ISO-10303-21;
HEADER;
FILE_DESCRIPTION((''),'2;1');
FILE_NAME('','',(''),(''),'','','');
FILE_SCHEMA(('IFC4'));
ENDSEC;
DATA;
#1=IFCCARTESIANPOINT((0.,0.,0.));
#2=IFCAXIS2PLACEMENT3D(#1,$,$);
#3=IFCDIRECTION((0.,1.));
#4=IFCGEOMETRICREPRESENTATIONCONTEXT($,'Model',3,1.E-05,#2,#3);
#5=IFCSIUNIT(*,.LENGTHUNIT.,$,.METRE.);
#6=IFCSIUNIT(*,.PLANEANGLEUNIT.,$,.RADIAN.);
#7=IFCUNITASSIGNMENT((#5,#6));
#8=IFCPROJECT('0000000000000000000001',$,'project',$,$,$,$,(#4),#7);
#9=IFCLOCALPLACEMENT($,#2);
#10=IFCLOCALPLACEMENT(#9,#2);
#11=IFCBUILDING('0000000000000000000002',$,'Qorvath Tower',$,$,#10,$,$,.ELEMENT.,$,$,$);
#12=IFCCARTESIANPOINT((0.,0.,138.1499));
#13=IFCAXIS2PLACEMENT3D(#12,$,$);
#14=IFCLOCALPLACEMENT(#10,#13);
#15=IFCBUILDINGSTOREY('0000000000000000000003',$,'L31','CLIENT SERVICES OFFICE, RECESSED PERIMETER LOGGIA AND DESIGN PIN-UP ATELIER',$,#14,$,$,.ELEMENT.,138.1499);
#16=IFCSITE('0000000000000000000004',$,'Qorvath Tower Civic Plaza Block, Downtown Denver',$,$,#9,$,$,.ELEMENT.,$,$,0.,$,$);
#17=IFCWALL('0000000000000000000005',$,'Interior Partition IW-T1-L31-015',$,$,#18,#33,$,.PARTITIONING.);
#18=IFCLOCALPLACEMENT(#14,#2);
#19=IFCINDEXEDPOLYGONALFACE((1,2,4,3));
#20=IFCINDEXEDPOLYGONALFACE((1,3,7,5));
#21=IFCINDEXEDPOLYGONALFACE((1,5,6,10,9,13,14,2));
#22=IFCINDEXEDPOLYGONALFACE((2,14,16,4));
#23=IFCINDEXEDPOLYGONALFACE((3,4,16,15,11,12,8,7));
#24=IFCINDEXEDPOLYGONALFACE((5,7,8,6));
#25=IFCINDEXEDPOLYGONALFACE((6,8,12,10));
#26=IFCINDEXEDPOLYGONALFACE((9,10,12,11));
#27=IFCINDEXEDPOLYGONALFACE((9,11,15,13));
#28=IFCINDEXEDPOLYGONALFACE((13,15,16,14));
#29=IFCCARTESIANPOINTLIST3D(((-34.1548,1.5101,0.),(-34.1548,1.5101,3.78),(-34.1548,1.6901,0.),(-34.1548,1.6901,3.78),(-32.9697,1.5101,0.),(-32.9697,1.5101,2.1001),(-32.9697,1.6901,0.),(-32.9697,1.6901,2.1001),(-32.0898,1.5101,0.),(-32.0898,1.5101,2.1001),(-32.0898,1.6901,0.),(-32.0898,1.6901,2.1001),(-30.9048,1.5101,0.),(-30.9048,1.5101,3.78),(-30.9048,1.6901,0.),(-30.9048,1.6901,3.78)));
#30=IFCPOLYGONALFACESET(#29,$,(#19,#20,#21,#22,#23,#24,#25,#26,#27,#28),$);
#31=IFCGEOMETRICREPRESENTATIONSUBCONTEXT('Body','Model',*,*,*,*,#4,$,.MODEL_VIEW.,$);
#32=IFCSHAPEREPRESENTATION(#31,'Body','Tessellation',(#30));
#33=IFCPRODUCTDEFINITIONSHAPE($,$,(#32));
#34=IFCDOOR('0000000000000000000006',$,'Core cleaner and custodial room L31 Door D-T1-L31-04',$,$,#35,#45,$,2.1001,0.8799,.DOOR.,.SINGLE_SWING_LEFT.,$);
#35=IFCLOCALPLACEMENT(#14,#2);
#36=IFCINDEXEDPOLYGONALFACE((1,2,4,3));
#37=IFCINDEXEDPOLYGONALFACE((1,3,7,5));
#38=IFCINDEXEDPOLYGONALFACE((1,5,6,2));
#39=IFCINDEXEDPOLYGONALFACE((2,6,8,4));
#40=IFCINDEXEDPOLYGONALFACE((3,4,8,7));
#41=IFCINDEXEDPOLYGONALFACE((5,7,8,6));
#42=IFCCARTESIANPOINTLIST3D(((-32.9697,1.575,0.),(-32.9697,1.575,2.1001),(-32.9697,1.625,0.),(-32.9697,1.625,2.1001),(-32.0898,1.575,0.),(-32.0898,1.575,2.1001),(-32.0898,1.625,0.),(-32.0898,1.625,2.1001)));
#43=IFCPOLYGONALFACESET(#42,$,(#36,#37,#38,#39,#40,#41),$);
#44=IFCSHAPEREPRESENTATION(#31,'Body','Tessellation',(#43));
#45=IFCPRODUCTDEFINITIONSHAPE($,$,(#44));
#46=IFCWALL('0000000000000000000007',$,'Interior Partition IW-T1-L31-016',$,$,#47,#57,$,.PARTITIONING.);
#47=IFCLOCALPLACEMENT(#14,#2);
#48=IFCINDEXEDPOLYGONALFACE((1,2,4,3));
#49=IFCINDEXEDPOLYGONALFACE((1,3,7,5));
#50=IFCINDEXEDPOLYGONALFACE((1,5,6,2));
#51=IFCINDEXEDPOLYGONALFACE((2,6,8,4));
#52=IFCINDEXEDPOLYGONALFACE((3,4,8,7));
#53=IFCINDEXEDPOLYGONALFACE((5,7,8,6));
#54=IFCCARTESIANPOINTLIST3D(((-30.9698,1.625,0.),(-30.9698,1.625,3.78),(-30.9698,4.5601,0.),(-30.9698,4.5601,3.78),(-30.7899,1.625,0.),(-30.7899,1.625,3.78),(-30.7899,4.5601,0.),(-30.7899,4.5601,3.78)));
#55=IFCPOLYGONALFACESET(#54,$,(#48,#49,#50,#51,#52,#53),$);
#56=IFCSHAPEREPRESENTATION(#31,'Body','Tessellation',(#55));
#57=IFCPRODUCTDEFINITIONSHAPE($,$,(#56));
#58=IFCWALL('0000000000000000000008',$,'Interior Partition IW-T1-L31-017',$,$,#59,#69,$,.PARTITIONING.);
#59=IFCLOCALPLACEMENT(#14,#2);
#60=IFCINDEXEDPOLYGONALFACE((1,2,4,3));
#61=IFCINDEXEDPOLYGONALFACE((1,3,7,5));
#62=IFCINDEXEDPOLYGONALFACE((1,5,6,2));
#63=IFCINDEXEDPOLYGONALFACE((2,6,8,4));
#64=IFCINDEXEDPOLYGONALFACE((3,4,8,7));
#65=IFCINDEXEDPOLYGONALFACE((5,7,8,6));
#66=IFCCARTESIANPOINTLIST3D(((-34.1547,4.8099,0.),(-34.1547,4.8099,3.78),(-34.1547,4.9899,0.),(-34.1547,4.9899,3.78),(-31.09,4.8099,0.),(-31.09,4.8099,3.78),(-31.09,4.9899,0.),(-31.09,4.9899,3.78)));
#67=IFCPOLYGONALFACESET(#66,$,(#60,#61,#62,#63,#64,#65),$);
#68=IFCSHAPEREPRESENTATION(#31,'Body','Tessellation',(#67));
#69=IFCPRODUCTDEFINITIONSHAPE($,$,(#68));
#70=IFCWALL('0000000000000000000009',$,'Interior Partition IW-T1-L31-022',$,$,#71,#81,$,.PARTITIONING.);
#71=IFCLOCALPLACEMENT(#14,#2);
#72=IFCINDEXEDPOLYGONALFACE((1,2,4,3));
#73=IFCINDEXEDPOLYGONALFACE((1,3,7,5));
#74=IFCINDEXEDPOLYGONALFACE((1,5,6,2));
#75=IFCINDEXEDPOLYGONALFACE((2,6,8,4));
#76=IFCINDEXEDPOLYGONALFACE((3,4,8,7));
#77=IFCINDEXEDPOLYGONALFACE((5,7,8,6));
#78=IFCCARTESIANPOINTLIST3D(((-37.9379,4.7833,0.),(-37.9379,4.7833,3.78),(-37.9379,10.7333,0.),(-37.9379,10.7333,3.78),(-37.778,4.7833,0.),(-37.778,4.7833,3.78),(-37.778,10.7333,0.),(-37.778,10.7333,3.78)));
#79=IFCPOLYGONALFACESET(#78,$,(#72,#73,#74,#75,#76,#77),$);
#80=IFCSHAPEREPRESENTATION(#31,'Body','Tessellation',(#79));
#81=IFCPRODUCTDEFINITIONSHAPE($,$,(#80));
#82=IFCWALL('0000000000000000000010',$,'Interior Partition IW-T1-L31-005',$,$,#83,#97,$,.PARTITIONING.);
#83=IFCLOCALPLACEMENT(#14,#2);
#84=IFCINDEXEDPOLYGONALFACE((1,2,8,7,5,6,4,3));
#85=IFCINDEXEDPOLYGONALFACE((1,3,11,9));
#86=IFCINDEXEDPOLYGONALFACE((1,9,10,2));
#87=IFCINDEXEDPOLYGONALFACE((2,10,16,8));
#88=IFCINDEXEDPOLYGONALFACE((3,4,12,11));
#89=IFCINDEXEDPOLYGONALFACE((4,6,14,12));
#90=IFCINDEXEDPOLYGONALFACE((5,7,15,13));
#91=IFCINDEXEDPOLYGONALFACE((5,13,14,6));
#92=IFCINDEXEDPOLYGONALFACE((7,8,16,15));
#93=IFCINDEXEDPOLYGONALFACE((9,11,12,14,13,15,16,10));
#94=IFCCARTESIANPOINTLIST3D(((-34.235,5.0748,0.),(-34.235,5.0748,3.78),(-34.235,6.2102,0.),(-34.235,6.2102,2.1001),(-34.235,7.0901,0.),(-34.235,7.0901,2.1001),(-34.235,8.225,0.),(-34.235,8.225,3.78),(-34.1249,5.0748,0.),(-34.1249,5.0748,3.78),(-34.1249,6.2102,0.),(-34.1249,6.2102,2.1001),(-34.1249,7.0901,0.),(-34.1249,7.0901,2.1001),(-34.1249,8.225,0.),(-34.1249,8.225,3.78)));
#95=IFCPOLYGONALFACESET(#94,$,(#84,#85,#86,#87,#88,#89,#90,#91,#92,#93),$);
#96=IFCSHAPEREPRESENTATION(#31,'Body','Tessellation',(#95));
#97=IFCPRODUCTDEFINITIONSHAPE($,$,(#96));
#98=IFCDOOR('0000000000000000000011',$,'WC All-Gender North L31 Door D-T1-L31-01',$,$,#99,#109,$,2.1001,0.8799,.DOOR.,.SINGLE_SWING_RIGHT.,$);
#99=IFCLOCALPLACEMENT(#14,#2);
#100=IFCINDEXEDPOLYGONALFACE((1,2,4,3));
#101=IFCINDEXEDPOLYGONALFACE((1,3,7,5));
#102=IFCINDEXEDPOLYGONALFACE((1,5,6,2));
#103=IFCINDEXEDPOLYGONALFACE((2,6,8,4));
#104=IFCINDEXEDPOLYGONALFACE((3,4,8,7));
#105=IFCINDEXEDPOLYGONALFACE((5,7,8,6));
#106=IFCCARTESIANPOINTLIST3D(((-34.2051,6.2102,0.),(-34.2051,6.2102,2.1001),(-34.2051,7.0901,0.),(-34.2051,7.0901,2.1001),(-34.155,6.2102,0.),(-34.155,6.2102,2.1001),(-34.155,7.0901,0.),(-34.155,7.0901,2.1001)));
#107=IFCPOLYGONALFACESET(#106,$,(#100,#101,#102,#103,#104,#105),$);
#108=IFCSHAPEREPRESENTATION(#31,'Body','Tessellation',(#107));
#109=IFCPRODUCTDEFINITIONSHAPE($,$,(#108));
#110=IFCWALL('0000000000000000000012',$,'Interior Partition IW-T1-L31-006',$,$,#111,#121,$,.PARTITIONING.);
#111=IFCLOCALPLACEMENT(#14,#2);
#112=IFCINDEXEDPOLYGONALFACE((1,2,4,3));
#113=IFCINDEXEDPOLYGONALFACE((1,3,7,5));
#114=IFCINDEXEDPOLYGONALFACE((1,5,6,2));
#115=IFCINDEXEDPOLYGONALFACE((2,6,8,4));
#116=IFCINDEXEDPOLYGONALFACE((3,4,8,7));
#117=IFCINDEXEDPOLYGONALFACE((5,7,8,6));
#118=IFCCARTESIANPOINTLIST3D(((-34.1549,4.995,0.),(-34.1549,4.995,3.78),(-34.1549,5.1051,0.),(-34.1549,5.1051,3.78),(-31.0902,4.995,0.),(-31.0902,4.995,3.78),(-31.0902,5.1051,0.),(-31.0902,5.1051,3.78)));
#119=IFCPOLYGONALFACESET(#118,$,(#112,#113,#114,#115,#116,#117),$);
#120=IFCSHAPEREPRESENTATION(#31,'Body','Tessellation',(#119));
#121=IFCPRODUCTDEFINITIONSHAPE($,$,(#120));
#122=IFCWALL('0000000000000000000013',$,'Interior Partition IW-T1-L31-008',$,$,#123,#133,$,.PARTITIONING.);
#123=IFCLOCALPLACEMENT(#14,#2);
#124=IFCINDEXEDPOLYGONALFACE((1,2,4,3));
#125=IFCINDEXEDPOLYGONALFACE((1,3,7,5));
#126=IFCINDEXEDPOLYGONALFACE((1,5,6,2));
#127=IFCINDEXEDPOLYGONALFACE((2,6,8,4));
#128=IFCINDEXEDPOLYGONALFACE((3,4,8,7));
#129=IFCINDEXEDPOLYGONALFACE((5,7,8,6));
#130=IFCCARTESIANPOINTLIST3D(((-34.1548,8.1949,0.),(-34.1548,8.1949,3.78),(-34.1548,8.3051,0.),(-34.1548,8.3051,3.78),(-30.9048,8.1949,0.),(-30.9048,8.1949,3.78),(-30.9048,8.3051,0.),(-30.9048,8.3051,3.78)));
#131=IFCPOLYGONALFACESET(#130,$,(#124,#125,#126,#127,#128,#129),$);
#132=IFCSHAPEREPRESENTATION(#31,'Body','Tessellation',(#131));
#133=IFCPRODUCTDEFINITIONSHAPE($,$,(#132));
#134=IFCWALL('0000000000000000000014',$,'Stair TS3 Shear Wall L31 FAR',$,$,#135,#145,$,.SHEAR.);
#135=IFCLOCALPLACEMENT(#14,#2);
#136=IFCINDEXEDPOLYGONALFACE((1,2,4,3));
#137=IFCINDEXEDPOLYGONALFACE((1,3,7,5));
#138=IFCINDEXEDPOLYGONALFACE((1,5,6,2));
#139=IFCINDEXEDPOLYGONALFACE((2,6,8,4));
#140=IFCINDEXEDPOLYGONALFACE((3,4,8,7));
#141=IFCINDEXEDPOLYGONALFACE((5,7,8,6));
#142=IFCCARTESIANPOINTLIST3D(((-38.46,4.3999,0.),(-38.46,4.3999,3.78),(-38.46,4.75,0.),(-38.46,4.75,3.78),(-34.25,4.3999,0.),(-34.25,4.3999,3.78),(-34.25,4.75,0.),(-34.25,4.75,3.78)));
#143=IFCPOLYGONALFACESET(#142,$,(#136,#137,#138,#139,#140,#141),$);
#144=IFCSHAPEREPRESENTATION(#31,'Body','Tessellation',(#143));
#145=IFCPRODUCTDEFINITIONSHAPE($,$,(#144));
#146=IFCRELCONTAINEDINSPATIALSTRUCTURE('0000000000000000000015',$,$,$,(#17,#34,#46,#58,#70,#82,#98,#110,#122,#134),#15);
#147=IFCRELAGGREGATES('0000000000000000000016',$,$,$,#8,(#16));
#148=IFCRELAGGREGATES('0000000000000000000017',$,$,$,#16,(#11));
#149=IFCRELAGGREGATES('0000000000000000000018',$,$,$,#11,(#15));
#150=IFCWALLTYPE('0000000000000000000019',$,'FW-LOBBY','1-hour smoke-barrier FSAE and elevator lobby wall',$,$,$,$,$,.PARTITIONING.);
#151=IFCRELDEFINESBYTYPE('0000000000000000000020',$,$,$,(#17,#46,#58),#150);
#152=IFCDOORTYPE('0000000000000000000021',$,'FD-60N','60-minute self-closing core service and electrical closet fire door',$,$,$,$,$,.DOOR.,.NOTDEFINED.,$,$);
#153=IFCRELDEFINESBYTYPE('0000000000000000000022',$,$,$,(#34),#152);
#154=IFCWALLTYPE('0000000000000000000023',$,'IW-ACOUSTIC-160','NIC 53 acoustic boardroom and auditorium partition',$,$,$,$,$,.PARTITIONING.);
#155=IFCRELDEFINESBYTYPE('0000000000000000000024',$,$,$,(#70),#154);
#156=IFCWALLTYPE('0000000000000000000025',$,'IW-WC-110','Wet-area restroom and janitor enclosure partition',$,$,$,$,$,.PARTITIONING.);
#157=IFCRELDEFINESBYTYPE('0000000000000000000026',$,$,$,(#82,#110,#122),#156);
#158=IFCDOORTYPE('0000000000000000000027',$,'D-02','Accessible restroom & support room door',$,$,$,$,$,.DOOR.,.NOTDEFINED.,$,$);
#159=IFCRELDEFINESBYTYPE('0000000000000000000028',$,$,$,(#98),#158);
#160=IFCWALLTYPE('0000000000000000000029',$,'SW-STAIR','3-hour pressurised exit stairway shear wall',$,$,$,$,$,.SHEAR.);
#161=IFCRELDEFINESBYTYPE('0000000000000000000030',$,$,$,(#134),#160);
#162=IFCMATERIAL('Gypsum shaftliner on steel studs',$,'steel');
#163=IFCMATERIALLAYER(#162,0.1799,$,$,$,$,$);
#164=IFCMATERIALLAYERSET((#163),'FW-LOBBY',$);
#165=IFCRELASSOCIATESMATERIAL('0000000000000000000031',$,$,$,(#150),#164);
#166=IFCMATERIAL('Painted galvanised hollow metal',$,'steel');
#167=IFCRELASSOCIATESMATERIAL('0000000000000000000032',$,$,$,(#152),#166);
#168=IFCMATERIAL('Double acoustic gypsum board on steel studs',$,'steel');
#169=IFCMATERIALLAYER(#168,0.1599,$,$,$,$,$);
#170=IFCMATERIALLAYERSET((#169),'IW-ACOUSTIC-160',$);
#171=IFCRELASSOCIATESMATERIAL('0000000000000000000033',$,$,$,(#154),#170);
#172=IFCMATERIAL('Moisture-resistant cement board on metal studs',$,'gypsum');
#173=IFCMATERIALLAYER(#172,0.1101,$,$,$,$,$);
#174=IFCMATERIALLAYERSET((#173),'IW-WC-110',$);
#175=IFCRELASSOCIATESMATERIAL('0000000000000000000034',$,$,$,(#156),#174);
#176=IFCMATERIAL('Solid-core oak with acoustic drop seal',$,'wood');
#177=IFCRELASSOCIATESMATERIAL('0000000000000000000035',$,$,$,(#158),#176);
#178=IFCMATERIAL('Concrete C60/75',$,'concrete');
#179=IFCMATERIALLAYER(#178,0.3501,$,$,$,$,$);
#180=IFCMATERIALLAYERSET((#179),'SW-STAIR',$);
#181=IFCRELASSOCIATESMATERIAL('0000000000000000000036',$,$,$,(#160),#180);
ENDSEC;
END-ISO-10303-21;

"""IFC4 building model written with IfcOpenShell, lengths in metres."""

from ifc_helpers import new_model, si_unit, direction, frame, frame_2d, origin, place, context, subcontext, project, spatial, rectangle, extrude, material, layer, layer_set, type_object, element, fill, save


model = new_model("IFC4")

# Units and contexts
model_context = context("Model", 3, precision=1e-05, world=origin(), true_north=direction((0.0, 1.0)))
body_context = subcontext(model_context, "Body", "Model", "MODEL_VIEW")
ifc_project = project(units=[si_unit("LENGTHUNIT", "METRE"), si_unit("PLANEANGLEUNIT", "RADIAN")], contexts=[model_context])

# Site, building, storey
site_placement = place(None, origin())
site = spatial("IfcSite", under=ifc_project, at=site_placement, Name="Qorvath Tower Civic Plaza Block, Downtown Denver", CompositionType="ELEMENT", RefElevation=0.0)
building_placement = place(site_placement, origin())
building = spatial("IfcBuilding", under=site, at=building_placement, Name="Qorvath Tower", CompositionType="ELEMENT")
storey_placement = place(building_placement, frame((0.0, 0.0, 138.1499)))
storey = spatial("IfcBuildingStorey", under=building, at=storey_placement, Name="L31", Description="CLIENT SERVICES OFFICE, RECESSED PERIMETER LOGGIA AND DESIGN PIN-UP ATELIER", CompositionType="ELEMENT", Elevation=138.1499)

# Shared definitions
ifc_material_1 = material(Name="Gypsum shaftliner on steel studs", Category="steel")
ifc_layer_1 = layer(ifc_material_1, 0.1799)
ifc_layer_set_1 = layer_set([ifc_layer_1], Name="FW-LOBBY")
wall_type_1 = type_object("IfcWallType", Name="FW-LOBBY", Description="1-hour smoke-barrier FSAE and elevator lobby wall", PredefinedType="PARTITIONING", material=ifc_layer_set_1)

# Wall, opening, door
wall_1_placement = place(storey_placement, frame((-34.1548, 1.6001, 0.0), z_axis=(0.0, 0.0, 1.0), x_axis=(1.0, 0.0, 0.0)))
wall_1 = element("IfcWall", 1, at=wall_1_placement, inside=storey, type_object=wall_type_1, Name="Interior Partition IW-T1-L31-015", PredefinedType="PARTITIONING", context=body_context, shape_type="SweptSolid", body=[
    extrude(rectangle(XDim=3.25, YDim=0.1799, at=frame_2d((1.625, 0.0))), origin(), (0.0, 0.0, 1.0), 3.78),
])
opening_1_placement = place(wall_1_placement, frame((1.1851, 0.0, 0.0)))
opening_1 = element("IfcOpeningElement", 2, at=opening_1_placement, cuts=wall_1, PredefinedType="OPENING", context=body_context, shape_type="SweptSolid", body=[
    extrude(rectangle(XDim=0.8799, YDim=2.1001, at=frame_2d((0.4399, 1.05))), frame((0.0, 0.1001, 0.0), z_axis=(0.0, -1.0, 0.0), x_axis=(1.0, 0.0, 0.0)), (0.0, 0.0, 1.0), 0.2),
])
ifc_material_2 = material(Name="Painted galvanised hollow metal", Category="steel")
door_type_1 = type_object("IfcDoorType", Name="FD-60N", Description="60-minute self-closing core service and electrical closet fire door", OperationType="NOTDEFINED", PredefinedType="DOOR", material=ifc_material_2)
door_1_placement = place(opening_1_placement, origin())
door_1 = element("IfcDoor", 3, at=door_1_placement, inside=storey, type_object=door_type_1, Name="Core cleaner and custodial room L31 Door D-T1-L31-04", OperationType="SINGLE_SWING_LEFT", OverallHeight=2.1001, OverallWidth=0.8799, PredefinedType="DOOR", context=body_context, shape_type="SweptSolid", body=[
    extrude(rectangle(XDim=0.8799, YDim=2.1001, at=frame_2d((0.4399, 1.05))), frame((0.0, 0.0249, 0.0), z_axis=(0.0, -1.0, 0.0), x_axis=(1.0, 0.0, 0.0)), (0.0, 0.0, 1.0), 0.05),
])
fill(opening_1, door_1)

# Walls
wall_2_placement = place(storey_placement, frame((-30.8799, 1.625, 0.0), z_axis=(0.0, 0.0, 1.0), x_axis=(0.0, 1.0, 0.0)))
element("IfcWall", 4, at=wall_2_placement, inside=storey, type_object=wall_type_1, Name="Interior Partition IW-T1-L31-016", PredefinedType="PARTITIONING", context=body_context, shape_type="SweptSolid", body=[
    extrude(rectangle(XDim=2.9351, YDim=0.1799, at=frame_2d((1.4675, 0.0))), origin(), (0.0, 0.0, 1.0), 3.78),
])
wall_3_placement = place(storey_placement, frame((-31.0901, 4.8999, 0.0), z_axis=(0.0, 0.0, 1.0), x_axis=(-1.0, 0.0, 0.0)))
element("IfcWall", 5, at=wall_3_placement, inside=storey, type_object=wall_type_1, Name="Interior Partition IW-T1-L31-017", PredefinedType="PARTITIONING", context=body_context, shape_type="SweptSolid", body=[
    extrude(rectangle(XDim=3.0647, YDim=0.1799, at=frame_2d((1.5322, 0.0))), origin(), (0.0, 0.0, 1.0), 3.78),
])
ifc_material_3 = material(Name="Double acoustic gypsum board on steel studs", Category="steel")
ifc_layer_2 = layer(ifc_material_3, 0.1599)
ifc_layer_set_2 = layer_set([ifc_layer_2], Name="IW-ACOUSTIC-160")
wall_type_2 = type_object("IfcWallType", Name="IW-ACOUSTIC-160", Description="NIC 53 acoustic boardroom and auditorium partition", PredefinedType="PARTITIONING", material=ifc_layer_set_2)
wall_4_placement = place(storey_placement, frame((-37.8579, 4.7832, 0.0), z_axis=(0.0, 0.0, 1.0), x_axis=(0.0, 1.0, 0.0)))
element("IfcWall", 6, at=wall_4_placement, inside=storey, type_object=wall_type_2, Name="Interior Partition IW-T1-L31-022", PredefinedType="PARTITIONING", context=body_context, shape_type="SweptSolid", body=[
    extrude(rectangle(XDim=5.95, YDim=0.1599, at=frame_2d((2.9751, 0.0))), origin(), (0.0, 0.0, 1.0), 3.78),
])

# Wall, opening, door
ifc_material_4 = material(Name="Moisture-resistant cement board on metal studs", Category="gypsum")
ifc_layer_3 = layer(ifc_material_4, 0.1101)
ifc_layer_set_3 = layer_set([ifc_layer_3], Name="IW-WC-110")
wall_type_3 = type_object("IfcWallType", Name="IW-WC-110", Description="Wet-area restroom and janitor enclosure partition", PredefinedType="PARTITIONING", material=ifc_layer_set_3)
wall_5_placement = place(storey_placement, frame((-34.1799, 8.2251, 0.0), z_axis=(0.0, 0.0, 1.0), x_axis=(0.0, -1.0, 0.0)))
wall_5 = element("IfcWall", 7, at=wall_5_placement, inside=storey, type_object=wall_type_3, Name="Interior Partition IW-T1-L31-005", PredefinedType="PARTITIONING", context=body_context, shape_type="SweptSolid", body=[
    extrude(rectangle(XDim=3.1501, YDim=0.1101, at=frame_2d((1.5752, 0.0))), origin(), (0.0, 0.0, 1.0), 3.78),
])
opening_2_placement = place(wall_5_placement, frame((1.135, 0.0, 0.0)))
opening_2 = element("IfcOpeningElement", 8, at=opening_2_placement, cuts=wall_5, PredefinedType="OPENING", context=body_context, shape_type="SweptSolid", body=[
    extrude(rectangle(XDim=0.8799, YDim=2.1001, at=frame_2d((0.4399, 1.05))), frame((0.0, 0.0649, 0.0), z_axis=(0.0, -1.0, 0.0), x_axis=(1.0, 0.0, 0.0)), (0.0, 0.0, 1.0), 0.1301),
])
ifc_material_5 = material(Name="Solid-core oak with acoustic drop seal", Category="wood")
door_type_2 = type_object("IfcDoorType", Name="D-02", Description="Accessible restroom & support room door", OperationType="NOTDEFINED", PredefinedType="DOOR", material=ifc_material_5)
door_2_placement = place(opening_2_placement, origin())
door_2 = element("IfcDoor", 9, at=door_2_placement, inside=storey, type_object=door_type_2, Name="WC All-Gender North L31 Door D-T1-L31-01", OperationType="SINGLE_SWING_RIGHT", OverallHeight=2.1001, OverallWidth=0.8799, PredefinedType="DOOR", context=body_context, shape_type="SweptSolid", body=[
    extrude(rectangle(XDim=0.8799, YDim=2.1001, at=frame_2d((0.4399, 1.05))), frame((0.0, 0.0249, 0.0), z_axis=(0.0, -1.0, 0.0), x_axis=(1.0, 0.0, 0.0)), (0.0, 0.0, 1.0), 0.05),
])
fill(opening_2, door_2)

# Walls
wall_6_placement = place(storey_placement, frame((-34.1548, 5.05, 0.0), z_axis=(0.0, 0.0, 1.0), x_axis=(1.0, 0.0, 0.0)))
element("IfcWall", 10, at=wall_6_placement, inside=storey, type_object=wall_type_3, Name="Interior Partition IW-T1-L31-006", PredefinedType="PARTITIONING", context=body_context, shape_type="SweptSolid", body=[
    extrude(rectangle(XDim=3.0647, YDim=0.1101, at=frame_2d((1.5322, 0.0))), origin(), (0.0, 0.0, 1.0), 3.78),
])
wall_7_placement = place(storey_placement, frame((-30.9048, 8.25, 0.0), z_axis=(0.0, 0.0, 1.0), x_axis=(-1.0, 0.0, 0.0)))
element("IfcWall", 11, at=wall_7_placement, inside=storey, type_object=wall_type_3, Name="Interior Partition IW-T1-L31-008", PredefinedType="PARTITIONING", context=body_context, shape_type="SweptSolid", body=[
    extrude(rectangle(XDim=3.25, YDim=0.1101, at=frame_2d((1.625, 0.0))), origin(), (0.0, 0.0, 1.0), 3.78),
])
ifc_material_6 = material(Name="Concrete C60/75", Category="concrete")
ifc_layer_4 = layer(ifc_material_6, 0.3501)
ifc_layer_set_4 = layer_set([ifc_layer_4], Name="SW-STAIR")
wall_type_4 = type_object("IfcWallType", Name="SW-STAIR", Description="3-hour pressurised exit stairway shear wall", PredefinedType="SHEAR", material=ifc_layer_set_4)
wall_8_placement = place(storey_placement, frame((-34.25, 4.575, 0.0), z_axis=(0.0, 0.0, 1.0), x_axis=(-1.0, 0.0, 0.0)))
element("IfcWall", 12, at=wall_8_placement, inside=storey, type_object=wall_type_4, Name="Stair TS3 Shear Wall L31 FAR", PredefinedType="SHEAR", context=body_context, shape_type="SweptSolid", body=[
    extrude(rectangle(XDim=4.21, YDim=0.3501, at=frame_2d((2.105, 0.0))), origin(), (0.0, 0.0, 1.0), 3.78),
])

save(model, "model.ifc")
